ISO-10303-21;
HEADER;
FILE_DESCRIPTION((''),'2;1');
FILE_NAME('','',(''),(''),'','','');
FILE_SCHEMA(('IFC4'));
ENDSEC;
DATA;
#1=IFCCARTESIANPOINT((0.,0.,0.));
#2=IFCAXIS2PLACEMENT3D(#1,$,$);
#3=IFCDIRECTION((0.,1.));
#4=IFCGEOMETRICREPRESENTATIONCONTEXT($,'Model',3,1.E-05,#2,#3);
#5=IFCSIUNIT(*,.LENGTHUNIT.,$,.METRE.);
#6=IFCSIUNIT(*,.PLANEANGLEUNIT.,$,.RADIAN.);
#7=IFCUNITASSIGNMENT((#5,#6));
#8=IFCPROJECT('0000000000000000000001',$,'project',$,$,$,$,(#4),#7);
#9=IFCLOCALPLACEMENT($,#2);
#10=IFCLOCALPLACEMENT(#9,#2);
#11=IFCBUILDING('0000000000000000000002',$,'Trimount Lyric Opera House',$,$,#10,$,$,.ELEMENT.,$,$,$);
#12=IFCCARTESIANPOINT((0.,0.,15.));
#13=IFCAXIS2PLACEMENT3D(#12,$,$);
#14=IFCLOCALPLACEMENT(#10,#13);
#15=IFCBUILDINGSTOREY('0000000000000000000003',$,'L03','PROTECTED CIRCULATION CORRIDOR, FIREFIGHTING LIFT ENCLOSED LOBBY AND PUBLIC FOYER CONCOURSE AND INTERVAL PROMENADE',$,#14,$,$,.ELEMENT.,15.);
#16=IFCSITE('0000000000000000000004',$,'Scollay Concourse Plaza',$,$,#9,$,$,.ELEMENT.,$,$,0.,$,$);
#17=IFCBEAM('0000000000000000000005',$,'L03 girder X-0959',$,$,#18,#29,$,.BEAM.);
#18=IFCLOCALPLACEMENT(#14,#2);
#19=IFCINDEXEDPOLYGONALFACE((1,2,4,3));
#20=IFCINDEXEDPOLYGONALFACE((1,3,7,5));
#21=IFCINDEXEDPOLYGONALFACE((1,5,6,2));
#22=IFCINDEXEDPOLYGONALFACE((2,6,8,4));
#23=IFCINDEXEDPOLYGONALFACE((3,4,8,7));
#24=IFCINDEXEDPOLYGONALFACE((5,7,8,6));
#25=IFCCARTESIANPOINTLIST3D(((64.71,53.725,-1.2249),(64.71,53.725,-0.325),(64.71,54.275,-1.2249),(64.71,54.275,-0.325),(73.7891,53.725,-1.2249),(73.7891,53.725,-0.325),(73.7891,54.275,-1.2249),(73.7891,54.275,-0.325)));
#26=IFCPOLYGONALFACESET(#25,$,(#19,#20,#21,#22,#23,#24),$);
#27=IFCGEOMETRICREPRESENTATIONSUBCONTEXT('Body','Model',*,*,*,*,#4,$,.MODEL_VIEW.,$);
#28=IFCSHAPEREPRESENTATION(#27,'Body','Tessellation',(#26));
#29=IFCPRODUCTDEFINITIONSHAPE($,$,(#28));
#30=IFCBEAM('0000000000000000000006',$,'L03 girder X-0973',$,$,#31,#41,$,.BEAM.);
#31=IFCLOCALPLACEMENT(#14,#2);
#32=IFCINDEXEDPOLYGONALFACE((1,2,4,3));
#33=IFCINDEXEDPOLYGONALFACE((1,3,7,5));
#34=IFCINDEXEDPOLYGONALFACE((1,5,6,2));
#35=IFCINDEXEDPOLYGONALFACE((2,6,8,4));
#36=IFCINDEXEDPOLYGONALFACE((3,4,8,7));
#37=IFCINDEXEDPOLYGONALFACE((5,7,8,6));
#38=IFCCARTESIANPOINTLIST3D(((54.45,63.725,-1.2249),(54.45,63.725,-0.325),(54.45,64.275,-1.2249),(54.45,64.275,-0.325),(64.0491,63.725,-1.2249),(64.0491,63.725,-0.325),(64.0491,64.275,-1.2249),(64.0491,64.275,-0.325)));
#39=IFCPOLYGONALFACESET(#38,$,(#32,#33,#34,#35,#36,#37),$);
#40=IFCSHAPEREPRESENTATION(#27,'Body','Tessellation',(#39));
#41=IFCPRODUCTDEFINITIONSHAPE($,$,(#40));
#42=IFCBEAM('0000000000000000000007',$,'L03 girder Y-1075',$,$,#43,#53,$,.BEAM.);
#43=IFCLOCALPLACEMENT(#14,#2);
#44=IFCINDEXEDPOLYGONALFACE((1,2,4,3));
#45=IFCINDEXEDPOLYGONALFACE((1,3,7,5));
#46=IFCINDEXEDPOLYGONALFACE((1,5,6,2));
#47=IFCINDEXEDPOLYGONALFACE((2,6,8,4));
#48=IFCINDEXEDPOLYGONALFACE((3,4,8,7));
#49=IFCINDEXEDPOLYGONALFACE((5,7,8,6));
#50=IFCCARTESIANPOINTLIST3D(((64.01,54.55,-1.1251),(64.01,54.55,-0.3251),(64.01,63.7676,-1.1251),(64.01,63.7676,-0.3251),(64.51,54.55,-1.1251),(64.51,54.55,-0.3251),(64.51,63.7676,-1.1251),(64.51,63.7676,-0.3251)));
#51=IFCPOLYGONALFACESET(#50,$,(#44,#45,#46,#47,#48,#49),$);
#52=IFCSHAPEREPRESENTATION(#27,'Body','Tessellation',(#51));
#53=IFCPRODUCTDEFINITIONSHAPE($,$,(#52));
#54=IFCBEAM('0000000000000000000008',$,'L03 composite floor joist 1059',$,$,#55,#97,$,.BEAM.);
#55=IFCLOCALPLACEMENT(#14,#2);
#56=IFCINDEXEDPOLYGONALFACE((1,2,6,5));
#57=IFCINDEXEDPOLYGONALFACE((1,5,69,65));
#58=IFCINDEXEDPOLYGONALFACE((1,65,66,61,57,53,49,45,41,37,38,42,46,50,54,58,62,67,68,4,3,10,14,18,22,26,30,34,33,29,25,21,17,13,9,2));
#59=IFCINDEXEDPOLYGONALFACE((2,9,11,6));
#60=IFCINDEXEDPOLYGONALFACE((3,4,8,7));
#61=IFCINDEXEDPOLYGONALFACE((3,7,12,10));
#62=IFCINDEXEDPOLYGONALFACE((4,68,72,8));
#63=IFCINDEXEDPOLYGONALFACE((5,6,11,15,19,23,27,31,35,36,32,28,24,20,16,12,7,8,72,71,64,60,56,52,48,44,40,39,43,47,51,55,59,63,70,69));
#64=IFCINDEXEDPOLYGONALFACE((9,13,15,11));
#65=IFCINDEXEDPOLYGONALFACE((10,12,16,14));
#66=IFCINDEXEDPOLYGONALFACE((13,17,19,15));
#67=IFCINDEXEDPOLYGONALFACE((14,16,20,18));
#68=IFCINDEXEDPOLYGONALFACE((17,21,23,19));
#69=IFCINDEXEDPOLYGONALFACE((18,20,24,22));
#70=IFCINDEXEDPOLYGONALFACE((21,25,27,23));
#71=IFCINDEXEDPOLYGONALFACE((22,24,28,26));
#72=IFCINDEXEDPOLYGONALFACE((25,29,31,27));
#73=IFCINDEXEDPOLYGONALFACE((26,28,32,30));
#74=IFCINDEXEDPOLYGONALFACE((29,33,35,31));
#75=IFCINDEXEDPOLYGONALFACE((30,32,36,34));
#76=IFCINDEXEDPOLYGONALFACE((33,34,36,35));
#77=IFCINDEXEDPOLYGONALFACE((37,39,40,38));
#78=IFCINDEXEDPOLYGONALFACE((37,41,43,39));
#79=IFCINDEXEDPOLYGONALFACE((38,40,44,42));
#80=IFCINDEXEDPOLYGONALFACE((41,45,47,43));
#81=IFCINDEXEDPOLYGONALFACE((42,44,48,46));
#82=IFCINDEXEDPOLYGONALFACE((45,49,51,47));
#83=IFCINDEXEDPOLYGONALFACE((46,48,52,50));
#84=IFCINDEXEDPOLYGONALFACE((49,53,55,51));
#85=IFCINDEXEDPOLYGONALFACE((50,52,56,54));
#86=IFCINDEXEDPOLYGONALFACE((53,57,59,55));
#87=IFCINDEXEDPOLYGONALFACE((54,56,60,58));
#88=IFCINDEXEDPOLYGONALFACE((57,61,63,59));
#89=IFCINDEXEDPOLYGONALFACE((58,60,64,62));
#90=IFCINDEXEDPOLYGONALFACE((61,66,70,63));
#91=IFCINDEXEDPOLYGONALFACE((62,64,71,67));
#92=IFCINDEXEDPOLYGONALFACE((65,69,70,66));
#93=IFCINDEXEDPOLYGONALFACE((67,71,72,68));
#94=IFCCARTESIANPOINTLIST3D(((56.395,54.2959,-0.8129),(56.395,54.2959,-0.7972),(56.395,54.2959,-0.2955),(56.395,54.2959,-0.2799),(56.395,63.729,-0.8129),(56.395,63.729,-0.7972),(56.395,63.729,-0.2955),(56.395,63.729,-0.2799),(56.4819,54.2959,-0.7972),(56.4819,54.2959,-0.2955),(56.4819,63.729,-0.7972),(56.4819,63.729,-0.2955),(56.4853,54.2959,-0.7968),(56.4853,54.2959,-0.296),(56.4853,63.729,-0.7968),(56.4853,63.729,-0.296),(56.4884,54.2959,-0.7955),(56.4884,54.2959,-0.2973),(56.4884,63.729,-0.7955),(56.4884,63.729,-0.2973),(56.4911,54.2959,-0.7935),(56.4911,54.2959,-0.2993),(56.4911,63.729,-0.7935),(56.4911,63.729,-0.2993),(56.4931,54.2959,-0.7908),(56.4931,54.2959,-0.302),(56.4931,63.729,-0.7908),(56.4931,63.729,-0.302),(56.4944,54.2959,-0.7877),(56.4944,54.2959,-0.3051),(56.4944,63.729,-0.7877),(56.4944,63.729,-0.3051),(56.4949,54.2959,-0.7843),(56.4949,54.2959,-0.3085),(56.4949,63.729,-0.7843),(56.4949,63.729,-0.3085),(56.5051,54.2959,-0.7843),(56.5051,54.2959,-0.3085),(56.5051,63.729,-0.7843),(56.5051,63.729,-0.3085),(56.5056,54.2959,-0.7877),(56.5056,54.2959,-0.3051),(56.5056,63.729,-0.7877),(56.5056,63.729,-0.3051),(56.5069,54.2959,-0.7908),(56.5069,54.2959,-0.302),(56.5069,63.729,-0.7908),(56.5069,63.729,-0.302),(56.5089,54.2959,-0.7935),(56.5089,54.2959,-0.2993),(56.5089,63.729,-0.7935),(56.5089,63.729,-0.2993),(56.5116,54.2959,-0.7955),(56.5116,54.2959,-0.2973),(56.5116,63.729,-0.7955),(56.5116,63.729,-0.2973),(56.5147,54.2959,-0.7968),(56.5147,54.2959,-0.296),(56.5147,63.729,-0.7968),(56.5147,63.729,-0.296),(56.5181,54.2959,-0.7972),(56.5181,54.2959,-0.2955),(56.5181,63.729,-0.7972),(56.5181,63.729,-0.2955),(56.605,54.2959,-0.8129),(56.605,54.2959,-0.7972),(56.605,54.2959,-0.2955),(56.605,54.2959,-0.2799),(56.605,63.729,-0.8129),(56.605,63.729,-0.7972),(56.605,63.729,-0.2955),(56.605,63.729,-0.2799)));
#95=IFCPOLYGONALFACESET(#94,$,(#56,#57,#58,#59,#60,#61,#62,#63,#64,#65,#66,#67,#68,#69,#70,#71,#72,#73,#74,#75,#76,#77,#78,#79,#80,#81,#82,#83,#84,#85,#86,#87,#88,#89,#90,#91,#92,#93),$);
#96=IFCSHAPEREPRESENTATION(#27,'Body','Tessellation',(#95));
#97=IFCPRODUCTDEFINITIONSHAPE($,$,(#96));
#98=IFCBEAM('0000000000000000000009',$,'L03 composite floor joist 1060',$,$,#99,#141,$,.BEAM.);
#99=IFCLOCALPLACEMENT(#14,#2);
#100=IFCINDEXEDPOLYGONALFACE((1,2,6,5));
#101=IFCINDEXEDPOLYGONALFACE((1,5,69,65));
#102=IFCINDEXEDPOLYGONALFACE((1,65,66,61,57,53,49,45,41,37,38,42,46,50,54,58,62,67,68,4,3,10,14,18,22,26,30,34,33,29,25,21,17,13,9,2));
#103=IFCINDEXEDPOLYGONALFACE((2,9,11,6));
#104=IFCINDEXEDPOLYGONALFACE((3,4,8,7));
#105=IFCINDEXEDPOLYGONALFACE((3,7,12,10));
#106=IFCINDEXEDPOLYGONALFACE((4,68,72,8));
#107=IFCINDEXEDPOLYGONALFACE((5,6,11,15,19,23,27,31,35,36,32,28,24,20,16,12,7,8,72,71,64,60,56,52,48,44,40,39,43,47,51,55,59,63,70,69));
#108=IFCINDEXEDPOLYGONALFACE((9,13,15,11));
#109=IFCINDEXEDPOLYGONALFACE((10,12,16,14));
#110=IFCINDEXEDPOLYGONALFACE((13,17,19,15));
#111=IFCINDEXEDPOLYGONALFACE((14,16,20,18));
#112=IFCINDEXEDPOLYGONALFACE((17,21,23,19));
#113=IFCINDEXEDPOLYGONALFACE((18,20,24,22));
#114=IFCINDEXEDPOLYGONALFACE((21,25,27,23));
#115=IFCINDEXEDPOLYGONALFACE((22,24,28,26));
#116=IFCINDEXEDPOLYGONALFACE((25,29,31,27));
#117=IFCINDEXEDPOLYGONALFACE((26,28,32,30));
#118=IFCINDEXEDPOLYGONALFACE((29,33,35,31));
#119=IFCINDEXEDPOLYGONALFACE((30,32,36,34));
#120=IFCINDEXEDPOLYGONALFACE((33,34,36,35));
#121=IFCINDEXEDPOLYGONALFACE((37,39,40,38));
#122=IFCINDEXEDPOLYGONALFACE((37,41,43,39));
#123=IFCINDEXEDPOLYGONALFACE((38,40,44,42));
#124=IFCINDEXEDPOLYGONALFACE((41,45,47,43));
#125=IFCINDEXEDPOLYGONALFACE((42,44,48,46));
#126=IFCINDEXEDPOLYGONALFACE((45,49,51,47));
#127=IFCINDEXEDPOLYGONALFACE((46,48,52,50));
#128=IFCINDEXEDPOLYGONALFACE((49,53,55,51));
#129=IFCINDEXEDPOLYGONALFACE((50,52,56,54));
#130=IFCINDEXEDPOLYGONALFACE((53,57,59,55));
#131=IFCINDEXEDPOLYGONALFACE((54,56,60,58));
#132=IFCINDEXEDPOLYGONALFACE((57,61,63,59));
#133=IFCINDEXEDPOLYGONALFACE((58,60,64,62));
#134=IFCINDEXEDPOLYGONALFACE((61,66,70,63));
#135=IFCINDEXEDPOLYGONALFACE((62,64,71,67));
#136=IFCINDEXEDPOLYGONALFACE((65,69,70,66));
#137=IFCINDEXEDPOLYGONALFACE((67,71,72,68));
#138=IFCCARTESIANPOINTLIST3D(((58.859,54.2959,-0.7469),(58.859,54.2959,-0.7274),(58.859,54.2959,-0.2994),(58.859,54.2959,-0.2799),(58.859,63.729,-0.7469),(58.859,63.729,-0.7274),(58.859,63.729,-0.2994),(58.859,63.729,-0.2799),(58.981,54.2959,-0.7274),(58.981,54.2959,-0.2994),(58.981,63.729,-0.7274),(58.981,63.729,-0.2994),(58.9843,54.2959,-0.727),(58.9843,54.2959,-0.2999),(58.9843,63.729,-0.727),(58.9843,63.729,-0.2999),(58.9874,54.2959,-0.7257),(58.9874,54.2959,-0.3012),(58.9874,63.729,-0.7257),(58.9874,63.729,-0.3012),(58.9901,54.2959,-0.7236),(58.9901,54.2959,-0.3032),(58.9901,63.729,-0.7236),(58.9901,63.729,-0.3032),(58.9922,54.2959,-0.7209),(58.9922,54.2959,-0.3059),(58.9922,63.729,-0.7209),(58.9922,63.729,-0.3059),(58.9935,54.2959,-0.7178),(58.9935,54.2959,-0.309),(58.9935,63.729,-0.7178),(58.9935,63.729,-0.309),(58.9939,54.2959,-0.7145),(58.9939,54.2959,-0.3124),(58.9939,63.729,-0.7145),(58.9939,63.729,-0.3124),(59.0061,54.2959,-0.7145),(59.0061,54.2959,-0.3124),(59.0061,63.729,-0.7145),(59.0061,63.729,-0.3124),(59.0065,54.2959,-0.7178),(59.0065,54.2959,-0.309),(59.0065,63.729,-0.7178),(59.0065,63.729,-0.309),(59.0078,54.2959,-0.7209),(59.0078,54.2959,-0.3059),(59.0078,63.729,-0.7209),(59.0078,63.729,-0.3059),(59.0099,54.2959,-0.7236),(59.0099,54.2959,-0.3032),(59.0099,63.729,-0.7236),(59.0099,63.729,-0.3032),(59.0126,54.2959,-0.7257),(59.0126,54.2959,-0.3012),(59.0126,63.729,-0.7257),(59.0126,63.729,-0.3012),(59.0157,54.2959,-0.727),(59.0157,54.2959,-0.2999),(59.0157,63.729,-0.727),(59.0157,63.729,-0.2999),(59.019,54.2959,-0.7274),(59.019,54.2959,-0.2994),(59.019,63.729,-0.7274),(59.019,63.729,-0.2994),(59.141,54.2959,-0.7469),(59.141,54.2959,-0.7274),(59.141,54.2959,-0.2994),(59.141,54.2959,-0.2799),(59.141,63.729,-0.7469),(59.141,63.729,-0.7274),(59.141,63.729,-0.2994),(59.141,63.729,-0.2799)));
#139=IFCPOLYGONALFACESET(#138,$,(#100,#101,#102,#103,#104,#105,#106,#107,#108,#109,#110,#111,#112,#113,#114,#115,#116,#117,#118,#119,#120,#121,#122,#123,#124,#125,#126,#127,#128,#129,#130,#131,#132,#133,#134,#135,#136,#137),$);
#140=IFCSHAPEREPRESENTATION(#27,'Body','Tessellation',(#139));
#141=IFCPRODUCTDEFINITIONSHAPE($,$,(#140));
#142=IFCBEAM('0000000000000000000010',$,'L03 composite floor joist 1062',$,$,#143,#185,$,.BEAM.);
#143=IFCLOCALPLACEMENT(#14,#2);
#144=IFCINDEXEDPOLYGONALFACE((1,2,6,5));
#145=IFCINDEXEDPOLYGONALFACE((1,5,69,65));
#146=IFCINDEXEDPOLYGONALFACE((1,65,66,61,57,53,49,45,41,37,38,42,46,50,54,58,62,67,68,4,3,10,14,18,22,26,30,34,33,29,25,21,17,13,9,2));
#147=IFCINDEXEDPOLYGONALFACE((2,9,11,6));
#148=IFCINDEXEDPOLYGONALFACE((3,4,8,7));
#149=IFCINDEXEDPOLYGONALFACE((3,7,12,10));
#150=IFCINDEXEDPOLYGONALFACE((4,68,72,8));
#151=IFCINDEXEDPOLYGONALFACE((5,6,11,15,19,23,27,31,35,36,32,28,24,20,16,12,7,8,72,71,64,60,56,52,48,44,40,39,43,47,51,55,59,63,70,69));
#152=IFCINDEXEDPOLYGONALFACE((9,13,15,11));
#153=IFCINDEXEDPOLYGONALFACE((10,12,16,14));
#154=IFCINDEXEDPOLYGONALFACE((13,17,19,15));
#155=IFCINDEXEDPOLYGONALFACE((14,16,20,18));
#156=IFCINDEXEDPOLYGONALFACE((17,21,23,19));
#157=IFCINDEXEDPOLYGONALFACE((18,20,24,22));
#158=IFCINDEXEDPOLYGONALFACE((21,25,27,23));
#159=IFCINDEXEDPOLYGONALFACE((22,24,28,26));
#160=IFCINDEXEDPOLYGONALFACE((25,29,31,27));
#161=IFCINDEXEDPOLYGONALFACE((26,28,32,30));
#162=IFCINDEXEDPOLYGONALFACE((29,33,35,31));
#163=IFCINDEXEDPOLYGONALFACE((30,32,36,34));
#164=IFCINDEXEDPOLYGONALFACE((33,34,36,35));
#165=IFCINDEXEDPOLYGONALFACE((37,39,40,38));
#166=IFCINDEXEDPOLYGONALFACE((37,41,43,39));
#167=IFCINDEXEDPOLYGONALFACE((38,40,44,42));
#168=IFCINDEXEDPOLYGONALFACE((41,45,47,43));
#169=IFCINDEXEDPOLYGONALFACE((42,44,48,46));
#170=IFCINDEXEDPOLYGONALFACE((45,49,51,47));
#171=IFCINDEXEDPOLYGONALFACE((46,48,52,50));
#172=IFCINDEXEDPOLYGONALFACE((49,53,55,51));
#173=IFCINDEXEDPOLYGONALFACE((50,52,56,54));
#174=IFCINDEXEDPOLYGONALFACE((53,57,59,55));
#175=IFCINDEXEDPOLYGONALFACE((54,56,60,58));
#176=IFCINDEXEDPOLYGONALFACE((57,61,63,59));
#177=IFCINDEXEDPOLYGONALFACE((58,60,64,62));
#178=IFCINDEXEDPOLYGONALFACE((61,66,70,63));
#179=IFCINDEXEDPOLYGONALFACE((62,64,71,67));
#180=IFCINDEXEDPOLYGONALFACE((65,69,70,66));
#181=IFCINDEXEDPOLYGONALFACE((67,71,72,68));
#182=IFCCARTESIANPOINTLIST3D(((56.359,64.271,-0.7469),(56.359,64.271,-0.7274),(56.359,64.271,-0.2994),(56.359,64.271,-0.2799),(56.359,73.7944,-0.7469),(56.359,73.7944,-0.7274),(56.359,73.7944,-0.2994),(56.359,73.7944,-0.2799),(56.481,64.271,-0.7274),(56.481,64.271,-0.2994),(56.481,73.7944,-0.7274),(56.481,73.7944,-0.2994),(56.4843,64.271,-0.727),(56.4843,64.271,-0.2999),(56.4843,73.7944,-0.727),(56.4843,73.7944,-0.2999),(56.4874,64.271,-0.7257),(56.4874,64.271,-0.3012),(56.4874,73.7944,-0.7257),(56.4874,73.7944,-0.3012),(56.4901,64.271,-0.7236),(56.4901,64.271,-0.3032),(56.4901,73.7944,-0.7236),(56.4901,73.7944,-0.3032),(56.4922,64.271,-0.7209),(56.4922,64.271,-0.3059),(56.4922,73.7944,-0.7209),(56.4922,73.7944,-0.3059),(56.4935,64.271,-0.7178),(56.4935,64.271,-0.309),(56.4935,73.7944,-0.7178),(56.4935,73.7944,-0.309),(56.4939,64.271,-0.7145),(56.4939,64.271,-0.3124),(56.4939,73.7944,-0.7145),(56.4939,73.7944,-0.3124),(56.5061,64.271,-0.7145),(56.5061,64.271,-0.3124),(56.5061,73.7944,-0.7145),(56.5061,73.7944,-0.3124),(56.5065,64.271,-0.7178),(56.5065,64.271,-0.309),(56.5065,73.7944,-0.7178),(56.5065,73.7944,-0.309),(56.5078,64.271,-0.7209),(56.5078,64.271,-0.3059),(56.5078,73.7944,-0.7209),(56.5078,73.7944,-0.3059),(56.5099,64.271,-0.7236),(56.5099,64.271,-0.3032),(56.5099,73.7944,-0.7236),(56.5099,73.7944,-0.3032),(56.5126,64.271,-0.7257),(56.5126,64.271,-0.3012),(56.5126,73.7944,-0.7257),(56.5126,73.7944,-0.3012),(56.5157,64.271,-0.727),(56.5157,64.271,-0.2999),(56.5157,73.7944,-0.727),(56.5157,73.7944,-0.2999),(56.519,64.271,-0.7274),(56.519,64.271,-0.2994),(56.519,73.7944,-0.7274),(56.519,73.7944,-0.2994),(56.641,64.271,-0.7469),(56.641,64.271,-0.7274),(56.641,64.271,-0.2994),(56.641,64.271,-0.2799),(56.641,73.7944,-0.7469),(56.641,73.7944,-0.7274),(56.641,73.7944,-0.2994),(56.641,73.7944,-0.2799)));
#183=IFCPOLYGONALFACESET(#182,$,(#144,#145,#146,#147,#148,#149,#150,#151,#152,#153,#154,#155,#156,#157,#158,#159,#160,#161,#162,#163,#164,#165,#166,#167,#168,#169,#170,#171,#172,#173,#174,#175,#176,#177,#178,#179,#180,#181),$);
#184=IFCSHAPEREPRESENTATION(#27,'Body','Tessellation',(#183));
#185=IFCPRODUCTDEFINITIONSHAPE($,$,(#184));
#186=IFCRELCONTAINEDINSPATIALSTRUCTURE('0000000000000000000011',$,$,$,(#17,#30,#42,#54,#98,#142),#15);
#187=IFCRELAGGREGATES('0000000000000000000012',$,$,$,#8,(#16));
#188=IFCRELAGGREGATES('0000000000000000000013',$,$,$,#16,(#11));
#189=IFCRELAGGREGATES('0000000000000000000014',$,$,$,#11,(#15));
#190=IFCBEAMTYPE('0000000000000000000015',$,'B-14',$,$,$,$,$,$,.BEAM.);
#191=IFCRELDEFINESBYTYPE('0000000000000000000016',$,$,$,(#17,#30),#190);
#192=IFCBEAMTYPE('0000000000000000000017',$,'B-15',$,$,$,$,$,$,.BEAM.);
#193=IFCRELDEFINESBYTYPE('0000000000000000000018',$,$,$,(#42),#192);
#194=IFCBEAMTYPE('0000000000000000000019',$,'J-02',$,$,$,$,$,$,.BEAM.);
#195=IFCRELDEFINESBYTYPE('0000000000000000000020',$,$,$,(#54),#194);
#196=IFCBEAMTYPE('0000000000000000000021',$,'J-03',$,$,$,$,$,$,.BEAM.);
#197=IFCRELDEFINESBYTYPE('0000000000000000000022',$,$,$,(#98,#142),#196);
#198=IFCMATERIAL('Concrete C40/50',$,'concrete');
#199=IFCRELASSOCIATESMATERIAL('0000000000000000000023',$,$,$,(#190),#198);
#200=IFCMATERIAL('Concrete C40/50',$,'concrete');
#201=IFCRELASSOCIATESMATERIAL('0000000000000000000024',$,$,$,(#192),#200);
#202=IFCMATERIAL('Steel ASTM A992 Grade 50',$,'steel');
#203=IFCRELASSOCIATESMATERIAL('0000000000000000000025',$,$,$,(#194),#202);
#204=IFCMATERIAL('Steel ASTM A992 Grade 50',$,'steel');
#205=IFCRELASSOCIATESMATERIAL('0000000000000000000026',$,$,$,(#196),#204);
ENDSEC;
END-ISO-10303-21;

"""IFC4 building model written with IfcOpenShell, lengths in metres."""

from ifc_helpers import new_model, si_unit, direction, frame, origin, origin_2d, place, context, subcontext, project, spatial, rectangle, i_section, extrude, material, material_profile, profile_set, type_object, element, save


model = new_model("IFC4")

# Units and contexts
model_context = context("Model", 3, precision=1e-05, world=origin(), true_north=direction((0.0, 1.0)))
body_context = subcontext(model_context, "Body", "Model", "MODEL_VIEW")
ifc_project = project(units=[si_unit("LENGTHUNIT", "METRE"), si_unit("PLANEANGLEUNIT", "RADIAN")], contexts=[model_context])

# Site, building, storey
site_placement = place(None, origin())
site = spatial("IfcSite", under=ifc_project, at=site_placement, Name="Scollay Concourse Plaza", CompositionType="ELEMENT", RefElevation=0.0)
building_placement = place(site_placement, origin())
building = spatial("IfcBuilding", under=site, at=building_placement, Name="Trimount Lyric Opera House", CompositionType="ELEMENT")
storey_placement = place(building_placement, frame((0.0, 0.0, 15.0)))
storey = spatial("IfcBuildingStorey", under=building, at=storey_placement, Name="L03", Description="PROTECTED CIRCULATION CORRIDOR, FIREFIGHTING LIFT ENCLOSED LOBBY AND PUBLIC FOYER CONCOURSE AND INTERVAL PROMENADE", CompositionType="ELEMENT", Elevation=15.0)

# Beams
ifc_material_1 = material(Name="Concrete C40/50", Category="concrete")
ifc_material_profile_1 = material_profile(ifc_material_1, rectangle(XDim=0.55, YDim=0.8999, at=origin_2d()), Name="RC550X900")
ifc_profile_set_1 = profile_set([ifc_material_profile_1], Name="Concrete C40/50")
beam_type_1 = type_object("IfcBeamType", Name="B-14", PredefinedType="BEAM", material=ifc_profile_set_1)
beam_1_placement = place(storey_placement, frame((64.71, 54.0, -0.7749), z_axis=(1.0, 0.0, 0.0), x_axis=(0.0, 1.0, 0.0)))
element("IfcBeam", 1, at=beam_1_placement, inside=storey, type_object=beam_type_1, Name="L03 girder X-0959", PredefinedType="BEAM", context=body_context, shape_type="SweptSolid", body=[
    extrude(rectangle(XDim=0.55, YDim=0.8999, at=origin_2d()), origin(), (0.0, 0.0, 1.0), 9.0791),
])
beam_2_placement = place(storey_placement, frame((54.45, 64.0, -0.7749), z_axis=(1.0, 0.0, 0.0), x_axis=(0.0, 1.0, 0.0)))
element("IfcBeam", 2, at=beam_2_placement, inside=storey, type_object=beam_type_1, Name="L03 girder X-0973", PredefinedType="BEAM", context=body_context, shape_type="SweptSolid", body=[
    extrude(rectangle(XDim=0.55, YDim=0.8999, at=origin_2d()), origin(), (0.0, 0.0, 1.0), 9.5991),
])
ifc_material_2 = material(Name="Concrete C40/50", Category="concrete")
ifc_material_profile_2 = material_profile(ifc_material_2, rectangle(XDim=0.5, YDim=0.8, at=origin_2d()), Name="RC500X800")
ifc_profile_set_2 = profile_set([ifc_material_profile_2], Name="Concrete C40/50")
beam_type_2 = type_object("IfcBeamType", Name="B-15", PredefinedType="BEAM", material=ifc_profile_set_2)
beam_3_placement = place(storey_placement, frame((64.26, 54.55, -0.7251), z_axis=(0.0, 1.0, 0.0), x_axis=(-1.0, 0.0, 0.0)))
element("IfcBeam", 3, at=beam_3_placement, inside=storey, type_object=beam_type_2, Name="L03 girder Y-1075", PredefinedType="BEAM", context=body_context, shape_type="SweptSolid", body=[
    extrude(rectangle(XDim=0.5, YDim=0.8, at=origin_2d()), origin(), (0.0, 0.0, 1.0), 9.2175),
])
ifc_material_3 = material(Name="Steel ASTM A992 Grade 50", Category="steel")
ifc_material_profile_3 = material_profile(ifc_material_3, i_section(OverallWidth=0.21, OverallDepth=0.533, WebThickness=0.0103, FlangeThickness=0.0156, FilletRadius=0.0129, at=origin_2d()), Name="W21X62")
ifc_profile_set_3 = profile_set([ifc_material_profile_3], Name="Steel ASTM A992 Grade 50")
beam_type_3 = type_object("IfcBeamType", Name="J-02", PredefinedType="BEAM", material=ifc_profile_set_3)
beam_4_placement = place(storey_placement, frame((56.5, 54.2959, -0.5464), z_axis=(0.0, 1.0, 0.0), x_axis=(-1.0, 0.0, 0.0)))
element("IfcBeam", 4, at=beam_4_placement, inside=storey, type_object=beam_type_3, Name="L03 composite floor joist 1059", PredefinedType="BEAM", context=body_context, shape_type="SweptSolid", body=[
    extrude(i_section(OverallWidth=0.21, OverallDepth=0.533, WebThickness=0.0103, FlangeThickness=0.0156, FilletRadius=0.0129, at=origin_2d()), origin(), (0.0, 0.0, 1.0), 9.4331),
])
ifc_material_4 = material(Name="Steel ASTM A992 Grade 50", Category="steel")
ifc_material_profile_4 = material_profile(ifc_material_4, i_section(OverallWidth=0.282, OverallDepth=0.467, WebThickness=0.0122, FlangeThickness=0.0195, FilletRadius=0.0129, at=origin_2d()), Name="W18X86")
ifc_profile_set_4 = profile_set([ifc_material_profile_4], Name="Steel ASTM A992 Grade 50")
beam_type_4 = type_object("IfcBeamType", Name="J-03", PredefinedType="BEAM", material=ifc_profile_set_4)
beam_5_placement = place(storey_placement, frame((59.0, 54.2959, -0.5134), z_axis=(0.0, 1.0, 0.0), x_axis=(-1.0, 0.0, 0.0)))
element("IfcBeam", 5, at=beam_5_placement, inside=storey, type_object=beam_type_4, Name="L03 composite floor joist 1060", PredefinedType="BEAM", context=body_context, shape_type="SweptSolid", body=[
    extrude(i_section(OverallWidth=0.282, OverallDepth=0.467, WebThickness=0.0122, FlangeThickness=0.0195, FilletRadius=0.0129, at=origin_2d()), origin(), (0.0, 0.0, 1.0), 9.4331),
])
beam_6_placement = place(storey_placement, frame((56.5, 64.271, -0.5134), z_axis=(0.0, 1.0, 0.0), x_axis=(-1.0, 0.0, 0.0)))
element("IfcBeam", 6, at=beam_6_placement, inside=storey, type_object=beam_type_4, Name="L03 composite floor joist 1062", PredefinedType="BEAM", context=body_context, shape_type="SweptSolid", body=[
    extrude(i_section(OverallWidth=0.282, OverallDepth=0.467, WebThickness=0.0122, FlangeThickness=0.0195, FilletRadius=0.0129, at=origin_2d()), origin(), (0.0, 0.0, 1.0), 9.5234),
])

save(model, "model.ifc")
